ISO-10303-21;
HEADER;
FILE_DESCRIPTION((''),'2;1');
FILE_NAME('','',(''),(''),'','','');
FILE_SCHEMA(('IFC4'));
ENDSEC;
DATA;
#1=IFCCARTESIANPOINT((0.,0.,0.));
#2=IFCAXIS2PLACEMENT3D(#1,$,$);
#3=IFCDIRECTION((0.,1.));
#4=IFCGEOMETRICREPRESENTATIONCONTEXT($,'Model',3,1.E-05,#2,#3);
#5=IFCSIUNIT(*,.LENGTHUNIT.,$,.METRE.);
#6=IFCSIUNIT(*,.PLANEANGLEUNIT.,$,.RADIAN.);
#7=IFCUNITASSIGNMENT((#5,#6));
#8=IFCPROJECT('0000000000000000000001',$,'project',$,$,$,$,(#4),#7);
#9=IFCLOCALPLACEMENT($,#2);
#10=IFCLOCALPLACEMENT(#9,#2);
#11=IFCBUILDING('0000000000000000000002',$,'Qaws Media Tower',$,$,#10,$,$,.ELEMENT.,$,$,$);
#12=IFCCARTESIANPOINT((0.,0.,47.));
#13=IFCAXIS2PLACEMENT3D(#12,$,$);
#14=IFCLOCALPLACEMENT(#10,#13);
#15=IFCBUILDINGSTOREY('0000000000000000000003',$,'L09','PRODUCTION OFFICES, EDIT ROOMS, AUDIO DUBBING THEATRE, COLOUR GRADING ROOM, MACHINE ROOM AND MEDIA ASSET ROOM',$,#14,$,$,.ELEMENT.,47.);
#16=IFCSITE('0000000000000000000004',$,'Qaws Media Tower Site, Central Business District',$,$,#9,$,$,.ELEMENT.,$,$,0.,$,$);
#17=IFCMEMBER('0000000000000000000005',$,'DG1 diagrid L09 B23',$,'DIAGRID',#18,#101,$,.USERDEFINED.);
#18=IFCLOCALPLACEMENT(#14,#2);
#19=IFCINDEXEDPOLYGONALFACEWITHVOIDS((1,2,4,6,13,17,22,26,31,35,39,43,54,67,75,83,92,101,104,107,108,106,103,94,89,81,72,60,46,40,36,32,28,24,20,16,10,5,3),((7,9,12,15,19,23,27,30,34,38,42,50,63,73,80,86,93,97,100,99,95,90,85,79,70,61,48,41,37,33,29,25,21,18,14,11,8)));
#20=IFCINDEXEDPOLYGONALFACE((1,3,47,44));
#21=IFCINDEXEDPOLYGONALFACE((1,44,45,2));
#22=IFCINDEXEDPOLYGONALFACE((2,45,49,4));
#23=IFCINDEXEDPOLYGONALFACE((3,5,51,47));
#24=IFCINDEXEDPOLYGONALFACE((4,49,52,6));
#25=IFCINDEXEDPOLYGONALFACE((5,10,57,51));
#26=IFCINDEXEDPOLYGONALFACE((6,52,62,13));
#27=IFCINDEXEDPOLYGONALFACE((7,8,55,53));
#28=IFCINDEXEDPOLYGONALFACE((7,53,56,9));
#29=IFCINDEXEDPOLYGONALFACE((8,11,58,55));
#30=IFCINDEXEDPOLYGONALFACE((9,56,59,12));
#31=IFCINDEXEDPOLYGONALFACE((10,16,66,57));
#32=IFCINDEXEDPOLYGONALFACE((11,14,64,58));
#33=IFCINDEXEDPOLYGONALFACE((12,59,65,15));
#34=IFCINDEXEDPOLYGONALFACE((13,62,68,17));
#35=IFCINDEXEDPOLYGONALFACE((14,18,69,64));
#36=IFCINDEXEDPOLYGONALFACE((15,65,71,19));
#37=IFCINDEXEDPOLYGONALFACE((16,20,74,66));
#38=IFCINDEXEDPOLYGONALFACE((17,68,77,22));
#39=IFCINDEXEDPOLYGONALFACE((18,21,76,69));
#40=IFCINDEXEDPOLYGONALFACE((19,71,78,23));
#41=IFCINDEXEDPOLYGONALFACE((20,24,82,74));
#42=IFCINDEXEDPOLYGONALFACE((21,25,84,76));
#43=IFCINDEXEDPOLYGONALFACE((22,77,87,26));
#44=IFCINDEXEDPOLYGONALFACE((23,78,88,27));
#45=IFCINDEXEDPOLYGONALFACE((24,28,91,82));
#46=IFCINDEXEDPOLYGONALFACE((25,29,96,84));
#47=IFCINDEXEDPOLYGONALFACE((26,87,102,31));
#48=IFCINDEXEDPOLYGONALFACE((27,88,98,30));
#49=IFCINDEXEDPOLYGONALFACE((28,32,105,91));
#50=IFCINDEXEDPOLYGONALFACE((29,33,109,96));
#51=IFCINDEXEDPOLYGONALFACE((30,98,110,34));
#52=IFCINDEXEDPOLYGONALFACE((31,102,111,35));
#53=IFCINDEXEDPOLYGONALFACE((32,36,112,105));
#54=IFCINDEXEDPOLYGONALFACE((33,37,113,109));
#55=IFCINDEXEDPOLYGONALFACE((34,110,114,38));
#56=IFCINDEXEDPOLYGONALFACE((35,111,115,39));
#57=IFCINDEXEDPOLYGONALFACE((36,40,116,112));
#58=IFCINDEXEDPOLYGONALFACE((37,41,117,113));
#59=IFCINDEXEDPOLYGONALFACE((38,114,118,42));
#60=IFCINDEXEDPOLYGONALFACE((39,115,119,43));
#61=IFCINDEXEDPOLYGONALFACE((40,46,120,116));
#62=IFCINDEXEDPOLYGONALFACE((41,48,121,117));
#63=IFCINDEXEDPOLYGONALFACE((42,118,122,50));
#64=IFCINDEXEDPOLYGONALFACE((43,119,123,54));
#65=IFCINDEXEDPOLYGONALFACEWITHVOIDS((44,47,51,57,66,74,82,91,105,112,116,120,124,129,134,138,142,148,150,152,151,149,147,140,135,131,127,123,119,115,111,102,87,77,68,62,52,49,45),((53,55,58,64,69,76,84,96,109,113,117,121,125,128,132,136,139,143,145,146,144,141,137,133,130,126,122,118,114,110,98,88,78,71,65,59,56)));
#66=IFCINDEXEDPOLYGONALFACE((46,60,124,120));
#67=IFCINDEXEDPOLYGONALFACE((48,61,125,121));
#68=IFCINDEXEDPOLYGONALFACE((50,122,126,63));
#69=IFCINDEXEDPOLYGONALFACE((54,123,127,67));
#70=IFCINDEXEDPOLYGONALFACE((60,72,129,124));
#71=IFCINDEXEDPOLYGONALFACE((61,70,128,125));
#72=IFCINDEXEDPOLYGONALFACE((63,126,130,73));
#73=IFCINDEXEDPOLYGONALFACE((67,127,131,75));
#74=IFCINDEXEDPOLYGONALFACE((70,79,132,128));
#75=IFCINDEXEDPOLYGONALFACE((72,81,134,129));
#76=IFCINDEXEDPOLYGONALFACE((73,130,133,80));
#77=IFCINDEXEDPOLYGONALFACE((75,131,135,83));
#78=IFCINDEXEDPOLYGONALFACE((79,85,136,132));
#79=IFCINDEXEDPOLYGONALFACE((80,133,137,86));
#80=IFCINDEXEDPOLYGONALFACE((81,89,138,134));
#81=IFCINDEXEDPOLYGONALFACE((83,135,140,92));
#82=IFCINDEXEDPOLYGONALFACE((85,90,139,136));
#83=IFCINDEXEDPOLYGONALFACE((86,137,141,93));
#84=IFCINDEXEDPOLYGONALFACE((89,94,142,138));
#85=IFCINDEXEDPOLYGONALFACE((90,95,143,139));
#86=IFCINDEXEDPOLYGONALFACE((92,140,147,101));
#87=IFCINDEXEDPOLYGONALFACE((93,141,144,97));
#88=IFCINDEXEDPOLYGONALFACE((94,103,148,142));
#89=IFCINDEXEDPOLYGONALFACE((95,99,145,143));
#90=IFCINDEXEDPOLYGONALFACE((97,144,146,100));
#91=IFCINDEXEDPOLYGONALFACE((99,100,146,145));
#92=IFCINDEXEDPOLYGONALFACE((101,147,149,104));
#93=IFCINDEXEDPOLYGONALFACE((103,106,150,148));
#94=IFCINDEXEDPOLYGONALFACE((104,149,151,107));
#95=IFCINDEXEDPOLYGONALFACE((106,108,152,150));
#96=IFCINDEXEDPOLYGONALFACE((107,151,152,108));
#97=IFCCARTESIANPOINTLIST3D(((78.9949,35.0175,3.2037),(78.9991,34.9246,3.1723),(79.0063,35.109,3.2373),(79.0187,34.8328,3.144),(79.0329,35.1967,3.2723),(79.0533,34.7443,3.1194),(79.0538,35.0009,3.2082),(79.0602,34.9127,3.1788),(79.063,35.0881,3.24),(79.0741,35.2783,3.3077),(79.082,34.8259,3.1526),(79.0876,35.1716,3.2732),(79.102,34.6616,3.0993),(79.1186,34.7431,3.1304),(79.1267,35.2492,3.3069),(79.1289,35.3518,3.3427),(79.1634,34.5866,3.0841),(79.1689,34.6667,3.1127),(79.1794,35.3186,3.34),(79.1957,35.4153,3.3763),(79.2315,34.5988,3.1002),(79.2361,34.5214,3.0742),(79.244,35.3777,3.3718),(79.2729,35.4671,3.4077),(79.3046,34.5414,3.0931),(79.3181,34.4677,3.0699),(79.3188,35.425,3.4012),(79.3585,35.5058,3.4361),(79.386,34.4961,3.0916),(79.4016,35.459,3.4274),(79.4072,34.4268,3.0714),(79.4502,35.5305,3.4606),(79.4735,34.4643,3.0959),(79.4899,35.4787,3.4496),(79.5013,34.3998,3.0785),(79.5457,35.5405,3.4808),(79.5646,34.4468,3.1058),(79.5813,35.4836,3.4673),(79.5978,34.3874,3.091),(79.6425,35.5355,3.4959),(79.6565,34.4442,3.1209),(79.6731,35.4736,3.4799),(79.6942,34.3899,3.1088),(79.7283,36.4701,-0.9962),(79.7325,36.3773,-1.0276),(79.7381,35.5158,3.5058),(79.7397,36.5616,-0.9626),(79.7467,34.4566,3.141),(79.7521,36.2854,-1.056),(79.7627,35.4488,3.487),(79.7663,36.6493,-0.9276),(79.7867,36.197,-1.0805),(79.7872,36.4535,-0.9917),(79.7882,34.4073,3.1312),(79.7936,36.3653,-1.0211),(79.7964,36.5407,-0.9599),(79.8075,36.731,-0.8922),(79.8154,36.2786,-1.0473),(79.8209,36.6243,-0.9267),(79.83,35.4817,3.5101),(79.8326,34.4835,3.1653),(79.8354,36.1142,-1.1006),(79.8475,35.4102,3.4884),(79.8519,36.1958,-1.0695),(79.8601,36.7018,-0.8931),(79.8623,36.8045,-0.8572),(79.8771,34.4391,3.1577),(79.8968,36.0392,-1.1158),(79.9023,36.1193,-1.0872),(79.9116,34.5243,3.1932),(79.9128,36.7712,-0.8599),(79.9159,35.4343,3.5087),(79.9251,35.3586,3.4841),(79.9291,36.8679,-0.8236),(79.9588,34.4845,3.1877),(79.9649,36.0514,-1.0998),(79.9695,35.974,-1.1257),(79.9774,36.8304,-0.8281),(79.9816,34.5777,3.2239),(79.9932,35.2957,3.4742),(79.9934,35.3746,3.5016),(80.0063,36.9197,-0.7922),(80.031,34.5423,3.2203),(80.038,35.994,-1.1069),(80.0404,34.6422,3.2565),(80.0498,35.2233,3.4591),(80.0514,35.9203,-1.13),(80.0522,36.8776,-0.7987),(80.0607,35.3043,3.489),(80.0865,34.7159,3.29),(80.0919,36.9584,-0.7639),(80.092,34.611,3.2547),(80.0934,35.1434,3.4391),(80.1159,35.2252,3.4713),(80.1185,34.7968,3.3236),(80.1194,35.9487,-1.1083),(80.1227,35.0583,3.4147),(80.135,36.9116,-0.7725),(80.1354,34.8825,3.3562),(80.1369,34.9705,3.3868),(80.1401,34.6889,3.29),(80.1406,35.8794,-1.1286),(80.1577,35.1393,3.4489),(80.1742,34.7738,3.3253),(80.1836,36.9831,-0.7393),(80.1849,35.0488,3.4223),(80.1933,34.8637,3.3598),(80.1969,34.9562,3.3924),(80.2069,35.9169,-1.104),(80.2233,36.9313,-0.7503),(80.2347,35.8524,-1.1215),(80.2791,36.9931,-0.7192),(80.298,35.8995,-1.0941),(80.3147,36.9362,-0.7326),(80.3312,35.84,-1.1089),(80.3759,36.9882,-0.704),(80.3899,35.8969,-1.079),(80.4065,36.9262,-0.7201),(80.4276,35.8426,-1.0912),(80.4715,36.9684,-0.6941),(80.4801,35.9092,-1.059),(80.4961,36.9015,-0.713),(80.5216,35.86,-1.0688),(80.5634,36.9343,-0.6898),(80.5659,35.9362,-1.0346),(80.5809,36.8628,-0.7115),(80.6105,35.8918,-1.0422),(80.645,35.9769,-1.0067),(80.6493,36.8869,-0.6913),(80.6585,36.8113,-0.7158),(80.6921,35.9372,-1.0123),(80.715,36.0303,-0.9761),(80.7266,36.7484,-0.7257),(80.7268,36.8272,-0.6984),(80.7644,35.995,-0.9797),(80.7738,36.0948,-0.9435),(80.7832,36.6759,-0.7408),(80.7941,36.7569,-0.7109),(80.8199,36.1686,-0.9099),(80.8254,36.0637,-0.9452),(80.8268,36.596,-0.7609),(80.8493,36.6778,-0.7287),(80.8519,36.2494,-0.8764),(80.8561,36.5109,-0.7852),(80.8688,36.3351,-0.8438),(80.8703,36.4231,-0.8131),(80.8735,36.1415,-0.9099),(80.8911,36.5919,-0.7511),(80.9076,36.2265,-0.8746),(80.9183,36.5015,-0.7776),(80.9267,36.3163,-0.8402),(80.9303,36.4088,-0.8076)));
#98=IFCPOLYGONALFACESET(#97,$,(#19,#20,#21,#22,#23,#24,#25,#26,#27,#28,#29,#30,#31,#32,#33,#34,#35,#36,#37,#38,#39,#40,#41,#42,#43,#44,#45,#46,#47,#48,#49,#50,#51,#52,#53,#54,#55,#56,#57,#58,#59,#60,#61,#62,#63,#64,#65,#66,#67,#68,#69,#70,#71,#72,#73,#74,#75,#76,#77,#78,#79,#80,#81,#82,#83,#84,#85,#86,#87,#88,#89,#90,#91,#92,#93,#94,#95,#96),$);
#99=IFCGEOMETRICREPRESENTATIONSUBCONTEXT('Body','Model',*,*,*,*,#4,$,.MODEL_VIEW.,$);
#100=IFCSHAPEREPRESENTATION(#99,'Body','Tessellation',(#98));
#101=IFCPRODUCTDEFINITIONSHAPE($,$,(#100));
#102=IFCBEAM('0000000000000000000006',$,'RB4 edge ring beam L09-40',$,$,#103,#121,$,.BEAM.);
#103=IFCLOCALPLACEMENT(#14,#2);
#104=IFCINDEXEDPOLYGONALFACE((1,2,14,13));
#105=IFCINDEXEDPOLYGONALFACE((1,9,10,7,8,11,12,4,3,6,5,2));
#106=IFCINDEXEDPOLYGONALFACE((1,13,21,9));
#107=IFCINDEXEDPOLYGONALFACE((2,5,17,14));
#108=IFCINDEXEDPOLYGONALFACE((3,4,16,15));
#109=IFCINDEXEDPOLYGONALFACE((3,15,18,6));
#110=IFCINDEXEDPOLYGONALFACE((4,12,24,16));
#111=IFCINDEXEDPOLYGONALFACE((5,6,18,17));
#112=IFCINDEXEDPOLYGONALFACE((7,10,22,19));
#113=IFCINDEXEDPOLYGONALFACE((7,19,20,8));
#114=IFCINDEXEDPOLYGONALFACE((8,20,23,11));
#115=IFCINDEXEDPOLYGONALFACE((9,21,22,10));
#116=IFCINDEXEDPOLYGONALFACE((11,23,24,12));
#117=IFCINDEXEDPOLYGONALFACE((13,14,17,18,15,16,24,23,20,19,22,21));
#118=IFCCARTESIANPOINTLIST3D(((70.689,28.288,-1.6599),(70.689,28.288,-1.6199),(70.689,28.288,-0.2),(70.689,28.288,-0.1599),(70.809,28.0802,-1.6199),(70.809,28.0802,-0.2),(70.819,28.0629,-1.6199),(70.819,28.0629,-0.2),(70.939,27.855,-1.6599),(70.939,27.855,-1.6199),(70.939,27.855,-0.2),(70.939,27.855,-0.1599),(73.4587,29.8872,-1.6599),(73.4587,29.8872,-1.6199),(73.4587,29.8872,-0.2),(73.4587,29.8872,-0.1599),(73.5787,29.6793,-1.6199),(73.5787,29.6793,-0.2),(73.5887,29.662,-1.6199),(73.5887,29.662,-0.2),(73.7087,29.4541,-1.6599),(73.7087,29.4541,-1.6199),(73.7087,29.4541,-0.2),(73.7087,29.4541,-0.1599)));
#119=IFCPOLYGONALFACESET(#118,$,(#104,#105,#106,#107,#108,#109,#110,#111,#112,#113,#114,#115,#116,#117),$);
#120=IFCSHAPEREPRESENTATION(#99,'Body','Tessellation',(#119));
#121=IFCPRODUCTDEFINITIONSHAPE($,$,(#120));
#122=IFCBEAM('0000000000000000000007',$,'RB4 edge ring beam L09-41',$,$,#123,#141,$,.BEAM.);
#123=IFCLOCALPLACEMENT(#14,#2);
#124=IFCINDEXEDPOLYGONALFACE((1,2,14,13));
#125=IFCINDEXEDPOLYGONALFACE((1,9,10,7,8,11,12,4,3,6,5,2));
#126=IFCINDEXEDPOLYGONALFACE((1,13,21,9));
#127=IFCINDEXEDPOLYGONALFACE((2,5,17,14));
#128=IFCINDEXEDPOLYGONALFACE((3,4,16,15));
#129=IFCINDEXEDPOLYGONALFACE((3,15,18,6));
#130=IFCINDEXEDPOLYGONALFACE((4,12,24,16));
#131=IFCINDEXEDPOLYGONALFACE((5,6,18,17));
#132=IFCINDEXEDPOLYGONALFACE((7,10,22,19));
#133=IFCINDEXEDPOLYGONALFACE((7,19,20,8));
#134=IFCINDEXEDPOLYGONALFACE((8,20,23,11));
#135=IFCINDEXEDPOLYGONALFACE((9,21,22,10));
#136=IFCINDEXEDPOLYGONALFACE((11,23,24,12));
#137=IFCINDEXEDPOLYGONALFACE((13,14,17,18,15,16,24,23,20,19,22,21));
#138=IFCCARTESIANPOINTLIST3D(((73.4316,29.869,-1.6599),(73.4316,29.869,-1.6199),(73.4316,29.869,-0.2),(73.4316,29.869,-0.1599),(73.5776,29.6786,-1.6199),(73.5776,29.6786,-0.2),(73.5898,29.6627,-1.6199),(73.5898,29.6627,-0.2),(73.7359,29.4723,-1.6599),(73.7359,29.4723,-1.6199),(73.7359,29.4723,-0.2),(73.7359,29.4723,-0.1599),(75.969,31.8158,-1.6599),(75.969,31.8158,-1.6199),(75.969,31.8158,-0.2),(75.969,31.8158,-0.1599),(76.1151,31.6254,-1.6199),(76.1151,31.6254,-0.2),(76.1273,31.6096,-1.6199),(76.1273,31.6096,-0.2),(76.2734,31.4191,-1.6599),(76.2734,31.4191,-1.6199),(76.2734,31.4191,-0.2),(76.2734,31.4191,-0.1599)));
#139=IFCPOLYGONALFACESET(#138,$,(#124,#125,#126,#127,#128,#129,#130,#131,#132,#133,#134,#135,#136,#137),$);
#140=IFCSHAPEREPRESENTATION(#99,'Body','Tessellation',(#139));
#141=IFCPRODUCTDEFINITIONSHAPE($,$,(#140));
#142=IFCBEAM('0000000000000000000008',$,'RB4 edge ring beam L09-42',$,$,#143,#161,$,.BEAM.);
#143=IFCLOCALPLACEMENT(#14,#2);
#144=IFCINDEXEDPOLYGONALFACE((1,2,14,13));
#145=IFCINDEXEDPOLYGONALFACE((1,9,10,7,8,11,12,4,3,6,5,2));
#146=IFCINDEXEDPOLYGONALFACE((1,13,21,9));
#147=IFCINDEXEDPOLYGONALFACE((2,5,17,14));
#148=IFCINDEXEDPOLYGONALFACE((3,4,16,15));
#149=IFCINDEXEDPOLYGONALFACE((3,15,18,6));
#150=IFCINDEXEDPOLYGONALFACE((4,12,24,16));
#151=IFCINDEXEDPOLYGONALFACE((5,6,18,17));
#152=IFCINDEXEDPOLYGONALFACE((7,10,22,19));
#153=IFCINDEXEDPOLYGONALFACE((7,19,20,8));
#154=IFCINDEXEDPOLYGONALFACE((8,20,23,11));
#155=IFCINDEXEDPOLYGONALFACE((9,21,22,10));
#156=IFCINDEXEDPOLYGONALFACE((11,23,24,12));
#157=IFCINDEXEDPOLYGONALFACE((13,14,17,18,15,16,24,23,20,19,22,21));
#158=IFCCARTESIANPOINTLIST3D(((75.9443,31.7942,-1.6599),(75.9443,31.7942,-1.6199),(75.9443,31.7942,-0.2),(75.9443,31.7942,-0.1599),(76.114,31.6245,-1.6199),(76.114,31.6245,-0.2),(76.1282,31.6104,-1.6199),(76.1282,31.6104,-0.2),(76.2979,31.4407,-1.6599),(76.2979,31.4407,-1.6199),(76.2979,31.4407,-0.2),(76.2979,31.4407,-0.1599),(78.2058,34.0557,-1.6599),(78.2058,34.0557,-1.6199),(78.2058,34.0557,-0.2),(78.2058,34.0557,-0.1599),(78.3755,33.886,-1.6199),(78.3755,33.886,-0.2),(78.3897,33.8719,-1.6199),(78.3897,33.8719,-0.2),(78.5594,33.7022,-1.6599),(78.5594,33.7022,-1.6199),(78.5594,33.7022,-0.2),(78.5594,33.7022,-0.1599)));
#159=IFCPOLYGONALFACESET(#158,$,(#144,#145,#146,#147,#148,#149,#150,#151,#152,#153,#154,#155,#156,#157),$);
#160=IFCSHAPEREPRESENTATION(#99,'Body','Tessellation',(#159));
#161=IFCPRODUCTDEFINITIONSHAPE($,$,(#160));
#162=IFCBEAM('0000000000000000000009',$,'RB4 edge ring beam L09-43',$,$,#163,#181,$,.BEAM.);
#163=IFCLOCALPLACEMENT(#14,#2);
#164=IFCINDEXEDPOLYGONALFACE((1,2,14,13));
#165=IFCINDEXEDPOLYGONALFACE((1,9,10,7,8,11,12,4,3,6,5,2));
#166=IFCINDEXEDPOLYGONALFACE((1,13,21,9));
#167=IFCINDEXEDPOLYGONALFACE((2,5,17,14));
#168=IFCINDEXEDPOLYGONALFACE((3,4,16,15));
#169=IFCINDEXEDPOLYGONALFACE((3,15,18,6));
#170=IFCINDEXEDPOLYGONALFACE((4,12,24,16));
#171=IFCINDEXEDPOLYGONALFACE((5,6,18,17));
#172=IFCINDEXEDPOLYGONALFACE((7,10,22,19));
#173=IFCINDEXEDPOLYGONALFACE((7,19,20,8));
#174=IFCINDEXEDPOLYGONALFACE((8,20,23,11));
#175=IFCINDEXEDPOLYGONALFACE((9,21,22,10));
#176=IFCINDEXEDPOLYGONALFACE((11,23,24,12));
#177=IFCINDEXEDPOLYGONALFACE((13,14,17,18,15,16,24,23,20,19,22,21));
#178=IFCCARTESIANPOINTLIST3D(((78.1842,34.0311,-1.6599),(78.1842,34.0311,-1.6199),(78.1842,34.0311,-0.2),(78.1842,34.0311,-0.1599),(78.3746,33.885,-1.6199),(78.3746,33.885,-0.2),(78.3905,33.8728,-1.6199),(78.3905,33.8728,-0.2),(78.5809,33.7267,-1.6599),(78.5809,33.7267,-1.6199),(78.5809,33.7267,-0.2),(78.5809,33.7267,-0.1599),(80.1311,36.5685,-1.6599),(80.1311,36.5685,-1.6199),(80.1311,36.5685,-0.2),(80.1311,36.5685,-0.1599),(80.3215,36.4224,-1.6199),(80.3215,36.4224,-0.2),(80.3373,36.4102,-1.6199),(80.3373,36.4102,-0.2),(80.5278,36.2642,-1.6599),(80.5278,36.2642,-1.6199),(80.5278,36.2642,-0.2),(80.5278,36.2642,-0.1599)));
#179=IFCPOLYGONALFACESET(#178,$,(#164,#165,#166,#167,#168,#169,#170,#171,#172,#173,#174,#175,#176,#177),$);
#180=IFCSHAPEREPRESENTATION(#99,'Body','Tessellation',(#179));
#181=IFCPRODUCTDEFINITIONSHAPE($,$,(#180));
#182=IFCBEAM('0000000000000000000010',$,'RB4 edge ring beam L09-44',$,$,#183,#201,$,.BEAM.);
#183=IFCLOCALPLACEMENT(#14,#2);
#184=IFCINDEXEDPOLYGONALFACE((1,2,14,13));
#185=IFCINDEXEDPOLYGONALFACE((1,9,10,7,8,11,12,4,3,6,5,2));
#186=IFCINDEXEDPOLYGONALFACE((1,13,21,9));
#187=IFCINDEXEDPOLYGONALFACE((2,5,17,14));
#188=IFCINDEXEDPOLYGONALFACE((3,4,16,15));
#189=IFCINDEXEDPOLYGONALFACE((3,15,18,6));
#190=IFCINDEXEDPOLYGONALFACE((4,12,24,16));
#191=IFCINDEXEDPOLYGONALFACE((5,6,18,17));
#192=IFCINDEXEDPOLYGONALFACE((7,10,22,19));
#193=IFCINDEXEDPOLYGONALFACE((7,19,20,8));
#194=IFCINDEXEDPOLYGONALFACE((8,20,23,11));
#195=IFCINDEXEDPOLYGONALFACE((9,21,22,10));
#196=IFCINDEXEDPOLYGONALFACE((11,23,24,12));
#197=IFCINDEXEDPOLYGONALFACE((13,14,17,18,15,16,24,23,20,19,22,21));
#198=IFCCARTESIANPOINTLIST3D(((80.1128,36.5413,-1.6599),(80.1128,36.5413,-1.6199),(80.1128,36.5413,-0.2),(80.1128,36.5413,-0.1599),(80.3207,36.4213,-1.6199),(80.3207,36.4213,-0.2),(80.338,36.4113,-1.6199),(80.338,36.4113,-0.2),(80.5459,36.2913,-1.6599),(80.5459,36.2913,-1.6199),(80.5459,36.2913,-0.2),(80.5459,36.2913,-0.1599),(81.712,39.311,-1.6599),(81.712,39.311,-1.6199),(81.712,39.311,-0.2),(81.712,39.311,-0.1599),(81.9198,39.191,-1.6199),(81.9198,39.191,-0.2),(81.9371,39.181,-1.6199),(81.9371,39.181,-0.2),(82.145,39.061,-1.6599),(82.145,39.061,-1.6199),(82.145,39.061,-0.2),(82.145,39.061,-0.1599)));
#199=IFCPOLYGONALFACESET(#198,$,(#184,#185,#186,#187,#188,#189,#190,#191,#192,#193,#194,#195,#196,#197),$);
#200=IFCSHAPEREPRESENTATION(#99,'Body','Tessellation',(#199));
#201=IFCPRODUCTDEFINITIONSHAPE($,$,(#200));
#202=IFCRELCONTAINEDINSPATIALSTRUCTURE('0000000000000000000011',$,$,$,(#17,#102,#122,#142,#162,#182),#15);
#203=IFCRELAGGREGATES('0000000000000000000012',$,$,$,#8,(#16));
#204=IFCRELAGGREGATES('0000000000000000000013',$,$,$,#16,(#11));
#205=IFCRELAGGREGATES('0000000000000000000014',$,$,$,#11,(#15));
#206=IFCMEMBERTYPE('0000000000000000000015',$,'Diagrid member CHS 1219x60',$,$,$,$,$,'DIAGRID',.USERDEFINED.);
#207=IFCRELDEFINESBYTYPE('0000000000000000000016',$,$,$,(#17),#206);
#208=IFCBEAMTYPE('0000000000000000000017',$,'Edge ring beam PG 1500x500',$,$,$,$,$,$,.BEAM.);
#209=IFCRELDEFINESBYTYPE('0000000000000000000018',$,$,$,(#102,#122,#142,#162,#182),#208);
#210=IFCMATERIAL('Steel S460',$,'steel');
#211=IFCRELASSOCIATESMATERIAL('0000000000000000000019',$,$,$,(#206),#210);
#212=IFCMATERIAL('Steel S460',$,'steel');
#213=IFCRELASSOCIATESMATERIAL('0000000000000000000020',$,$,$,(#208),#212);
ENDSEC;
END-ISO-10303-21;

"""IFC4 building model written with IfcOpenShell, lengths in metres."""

from ifc_helpers import new_model, si_unit, direction, frame, origin, origin_2d, place, context, subcontext, project, spatial, hollow_circle, i_section, extrude, material, material_profile, profile_set, type_object, element, save


model = new_model("IFC4")

# Units and contexts
model_context = context("Model", 3, precision=1e-05, world=origin(), true_north=direction((0.0, 1.0)))
body_context = subcontext(model_context, "Body", "Model", "MODEL_VIEW")
ifc_project = project(units=[si_unit("LENGTHUNIT", "METRE"), si_unit("PLANEANGLEUNIT", "RADIAN")], contexts=[model_context])

# Site, building, storey
site_placement = place(None, origin())
site = spatial("IfcSite", under=ifc_project, at=site_placement, Name="Qaws Media Tower Site, Central Business District", CompositionType="ELEMENT", RefElevation=0.0)
building_placement = place(site_placement, origin())
building = spatial("IfcBuilding", under=site, at=building_placement, Name="Qaws Media Tower", CompositionType="ELEMENT")
storey_placement = place(building_placement, frame((0.0, 0.0, 47.0)))
storey = spatial("IfcBuildingStorey", under=building, at=storey_placement, Name="L09", Description="PRODUCTION OFFICES, EDIT ROOMS, AUDIO DUBBING THEATRE, COLOUR GRADING ROOM, MACHINE ROOM AND MEDIA ASSET ROOM", CompositionType="ELEMENT", Elevation=47.0)

# Member
ifc_material_1 = material(Name="Steel S460", Category="steel")
ifc_material_profile_1 = material_profile(ifc_material_1, hollow_circle(Radius=0.6096, WallThickness=0.0601, at=origin_2d()), Name="CHS 1219x60")
ifc_profile_set_1 = profile_set([ifc_material_profile_1], Name="Steel S460")
member_type_1 = type_object("IfcMemberType", Name="Diagrid member CHS 1219x60", ElementType="DIAGRID", PredefinedType="USERDEFINED", material=ifc_profile_set_1)
member_1_placement = place(storey_placement, frame((80.3293, 36.4163, -0.9099), z_axis=(-0.162826, -0.322509, 0.932457), x_axis=(0.89268, -0.450691, 0.0)))
element("IfcMember", 1, at=member_1_placement, inside=storey, type_object=member_type_1, Name="DG1 diagrid L09 B23", ObjectType="DIAGRID", PredefinedType="USERDEFINED", context=body_context, shape_type="SweptSolid", body=[
    extrude(hollow_circle(Radius=0.6096, WallThickness=0.0601, at=origin_2d()), origin(), (0.0, 0.0, 1.0), 4.5042),
])

# Beams
ifc_material_2 = material(Name="Steel S460", Category="steel")
ifc_material_profile_2 = material_profile(ifc_material_2, i_section(OverallWidth=0.5, OverallDepth=1.5, WebThickness=0.02, FlangeThickness=0.04, at=origin_2d()), Name="PG 1500x500")
ifc_profile_set_2 = profile_set([ifc_material_profile_2], Name="Steel S460")
beam_type = type_object("IfcBeamType", Name="Edge ring beam PG 1500x500", PredefinedType="BEAM", material=ifc_profile_set_2)
for number, where, z_axis, x_axis, name in (
    (2, (70.814, 28.0715, -0.9099), (0.866027, 0.499998, 0.0), (-0.499998, 0.866027, 0.0), "RB4 edge ring beam L09-40"),
    (3, (73.5837, 29.6707, -0.9099), (0.793384, 0.608722, 0.0), (-0.608722, 0.793384, 0.0), "RB4 edge ring beam L09-41"),
    (4, (76.1211, 31.6174, -0.9099), (0.707107, 0.707107, 0.0), (-0.707107, 0.707107, 0.0), "RB4 edge ring beam L09-42"),
    (5, (78.3826, 33.8789, -0.9099), (0.608722, 0.793384, 0.0), (-0.793384, 0.608722, 0.0), "RB4 edge ring beam L09-43"),
    (6, (80.3293, 36.4163, -0.9099), (0.499998, 0.866027, 0.0), (-0.866027, 0.499998, 0.0), "RB4 edge ring beam L09-44"),
):
    element("IfcBeam", number, at=place(storey_placement, frame(where, z_axis=z_axis, x_axis=x_axis)), inside=storey, type_object=beam_type, Name=name, PredefinedType="BEAM", context=body_context, shape_type="SweptSolid", body=[
        extrude(i_section(OverallWidth=0.5, OverallDepth=1.5, WebThickness=0.02, FlangeThickness=0.04, at=origin_2d()), origin(), (0.0, 0.0, 1.0), 3.1982),
    ])

save(model, "model.ifc")
